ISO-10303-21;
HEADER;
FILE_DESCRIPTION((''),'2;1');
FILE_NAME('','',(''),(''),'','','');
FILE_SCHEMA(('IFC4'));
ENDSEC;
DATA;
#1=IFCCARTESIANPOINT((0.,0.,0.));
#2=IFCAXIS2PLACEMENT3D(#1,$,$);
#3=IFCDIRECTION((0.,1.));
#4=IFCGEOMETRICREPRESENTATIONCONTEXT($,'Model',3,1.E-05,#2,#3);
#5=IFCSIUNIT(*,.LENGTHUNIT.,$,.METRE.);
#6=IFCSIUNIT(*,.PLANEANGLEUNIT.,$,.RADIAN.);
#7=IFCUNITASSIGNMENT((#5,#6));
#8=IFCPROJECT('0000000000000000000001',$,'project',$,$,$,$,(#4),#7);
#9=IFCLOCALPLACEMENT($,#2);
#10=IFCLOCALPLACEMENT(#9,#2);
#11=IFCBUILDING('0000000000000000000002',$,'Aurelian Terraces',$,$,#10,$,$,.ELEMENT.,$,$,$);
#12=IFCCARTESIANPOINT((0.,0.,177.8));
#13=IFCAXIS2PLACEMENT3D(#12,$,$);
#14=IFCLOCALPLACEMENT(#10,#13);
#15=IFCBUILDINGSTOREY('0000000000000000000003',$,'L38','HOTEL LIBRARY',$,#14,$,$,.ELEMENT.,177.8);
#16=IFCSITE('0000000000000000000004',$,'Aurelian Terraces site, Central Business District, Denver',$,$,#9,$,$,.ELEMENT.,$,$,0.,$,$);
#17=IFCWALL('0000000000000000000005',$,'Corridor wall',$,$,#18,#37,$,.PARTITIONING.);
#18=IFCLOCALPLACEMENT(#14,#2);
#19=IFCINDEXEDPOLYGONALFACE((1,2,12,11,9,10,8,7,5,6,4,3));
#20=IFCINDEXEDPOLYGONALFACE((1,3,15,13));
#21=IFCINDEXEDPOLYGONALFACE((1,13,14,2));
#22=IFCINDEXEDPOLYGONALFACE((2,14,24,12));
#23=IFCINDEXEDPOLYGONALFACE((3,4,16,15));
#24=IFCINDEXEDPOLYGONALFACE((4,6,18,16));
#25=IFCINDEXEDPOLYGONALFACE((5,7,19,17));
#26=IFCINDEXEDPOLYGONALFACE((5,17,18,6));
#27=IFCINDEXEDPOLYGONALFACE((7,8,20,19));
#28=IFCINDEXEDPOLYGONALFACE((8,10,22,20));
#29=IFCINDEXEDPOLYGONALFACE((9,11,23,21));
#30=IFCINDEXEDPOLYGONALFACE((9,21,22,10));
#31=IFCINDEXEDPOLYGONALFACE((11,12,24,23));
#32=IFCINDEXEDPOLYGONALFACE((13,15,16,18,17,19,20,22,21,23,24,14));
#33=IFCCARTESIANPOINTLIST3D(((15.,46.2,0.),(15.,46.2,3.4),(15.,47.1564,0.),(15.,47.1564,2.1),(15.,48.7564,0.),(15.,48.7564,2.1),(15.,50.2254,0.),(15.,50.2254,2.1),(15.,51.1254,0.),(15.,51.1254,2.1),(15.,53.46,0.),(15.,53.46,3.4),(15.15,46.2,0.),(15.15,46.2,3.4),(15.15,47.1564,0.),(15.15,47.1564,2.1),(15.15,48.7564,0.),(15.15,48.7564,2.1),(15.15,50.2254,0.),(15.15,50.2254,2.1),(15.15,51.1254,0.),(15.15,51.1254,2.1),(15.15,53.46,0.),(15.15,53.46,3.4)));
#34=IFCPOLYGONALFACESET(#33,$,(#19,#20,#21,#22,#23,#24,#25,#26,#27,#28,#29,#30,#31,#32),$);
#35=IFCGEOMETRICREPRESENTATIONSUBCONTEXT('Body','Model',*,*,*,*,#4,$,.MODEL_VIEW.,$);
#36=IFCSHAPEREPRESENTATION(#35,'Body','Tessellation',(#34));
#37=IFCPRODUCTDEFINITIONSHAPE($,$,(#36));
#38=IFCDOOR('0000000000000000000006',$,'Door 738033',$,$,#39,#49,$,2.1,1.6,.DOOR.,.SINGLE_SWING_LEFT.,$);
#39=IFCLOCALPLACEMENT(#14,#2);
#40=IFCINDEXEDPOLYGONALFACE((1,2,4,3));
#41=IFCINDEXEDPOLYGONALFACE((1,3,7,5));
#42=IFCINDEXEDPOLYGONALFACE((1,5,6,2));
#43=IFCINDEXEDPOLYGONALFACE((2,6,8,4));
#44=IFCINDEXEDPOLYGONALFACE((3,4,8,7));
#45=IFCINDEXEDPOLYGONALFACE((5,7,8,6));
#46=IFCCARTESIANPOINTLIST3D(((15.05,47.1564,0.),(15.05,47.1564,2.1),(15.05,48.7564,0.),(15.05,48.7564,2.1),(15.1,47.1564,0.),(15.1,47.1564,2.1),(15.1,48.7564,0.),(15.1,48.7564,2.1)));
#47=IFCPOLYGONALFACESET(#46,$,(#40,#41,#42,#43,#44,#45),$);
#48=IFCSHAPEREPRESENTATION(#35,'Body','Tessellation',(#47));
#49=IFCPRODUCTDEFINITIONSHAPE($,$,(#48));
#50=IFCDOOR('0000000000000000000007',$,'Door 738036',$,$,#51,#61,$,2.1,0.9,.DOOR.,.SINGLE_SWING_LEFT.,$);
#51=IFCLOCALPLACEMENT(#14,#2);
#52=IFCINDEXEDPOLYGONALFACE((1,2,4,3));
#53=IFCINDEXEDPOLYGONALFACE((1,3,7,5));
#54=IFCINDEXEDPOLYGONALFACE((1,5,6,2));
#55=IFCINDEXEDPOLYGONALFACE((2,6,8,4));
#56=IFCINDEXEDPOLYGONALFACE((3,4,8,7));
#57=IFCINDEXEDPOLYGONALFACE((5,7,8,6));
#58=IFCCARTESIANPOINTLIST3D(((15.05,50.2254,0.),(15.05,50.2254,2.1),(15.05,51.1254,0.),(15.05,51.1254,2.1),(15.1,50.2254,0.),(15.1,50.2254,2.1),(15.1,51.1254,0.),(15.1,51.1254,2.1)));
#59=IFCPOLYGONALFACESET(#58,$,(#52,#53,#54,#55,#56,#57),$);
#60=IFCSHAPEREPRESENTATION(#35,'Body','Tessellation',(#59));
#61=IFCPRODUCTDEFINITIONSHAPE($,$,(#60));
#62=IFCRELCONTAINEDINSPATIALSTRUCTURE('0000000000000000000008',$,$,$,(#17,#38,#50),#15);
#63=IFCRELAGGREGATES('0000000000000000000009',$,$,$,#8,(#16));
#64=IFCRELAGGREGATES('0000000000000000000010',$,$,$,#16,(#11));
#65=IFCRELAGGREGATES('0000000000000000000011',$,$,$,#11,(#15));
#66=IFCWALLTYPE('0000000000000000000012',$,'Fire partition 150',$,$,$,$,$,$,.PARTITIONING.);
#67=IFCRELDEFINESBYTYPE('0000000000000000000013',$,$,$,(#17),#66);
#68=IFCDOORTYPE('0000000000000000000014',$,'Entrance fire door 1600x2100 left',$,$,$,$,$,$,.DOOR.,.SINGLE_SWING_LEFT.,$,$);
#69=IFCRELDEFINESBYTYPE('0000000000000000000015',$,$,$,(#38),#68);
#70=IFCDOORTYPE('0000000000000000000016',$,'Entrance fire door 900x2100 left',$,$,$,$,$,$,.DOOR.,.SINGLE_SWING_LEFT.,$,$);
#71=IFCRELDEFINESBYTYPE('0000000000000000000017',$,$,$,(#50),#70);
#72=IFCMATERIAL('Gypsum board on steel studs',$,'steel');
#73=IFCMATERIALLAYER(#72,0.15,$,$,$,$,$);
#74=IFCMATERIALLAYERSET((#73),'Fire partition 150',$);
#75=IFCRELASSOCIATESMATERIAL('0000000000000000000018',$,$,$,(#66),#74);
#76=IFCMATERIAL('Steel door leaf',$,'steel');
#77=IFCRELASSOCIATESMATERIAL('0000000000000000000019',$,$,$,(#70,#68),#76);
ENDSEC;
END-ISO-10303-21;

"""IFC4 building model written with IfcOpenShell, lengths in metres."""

from ifc_helpers import new_model, si_unit, direction, frame, frame_2d, origin, place, context, subcontext, project, spatial, rectangle, extrude, source, transform, mapped, material, layer, layer_set, type_object, element, fill, save


model = new_model("IFC4")

# Units and contexts
model_context = context("Model", 3, precision=1e-05, world=origin(), true_north=direction((0.0, 1.0)))
body_context = subcontext(model_context, "Body", "Model", "MODEL_VIEW")
ifc_project = project(units=[si_unit("LENGTHUNIT", "METRE"), si_unit("PLANEANGLEUNIT", "RADIAN")], contexts=[model_context])

# Site, building, storey
site_placement = place(None, origin())
site = spatial("IfcSite", under=ifc_project, at=site_placement, Name="Aurelian Terraces site, Central Business District, Denver", CompositionType="ELEMENT", RefElevation=0.0)
building_placement = place(site_placement, origin())
building = spatial("IfcBuilding", under=site, at=building_placement, Name="Aurelian Terraces", CompositionType="ELEMENT")
storey_placement = place(building_placement, frame((0.0, 0.0, 177.8)))
storey = spatial("IfcBuildingStorey", under=building, at=storey_placement, Name="L38", Description="HOTEL LIBRARY", CompositionType="ELEMENT", Elevation=177.8)

# Shared definitions
ifc_material_1 = material(Name="Gypsum board on steel studs", Category="steel")
ifc_layer_1 = layer(ifc_material_1, 0.15)
ifc_layer_set_1 = layer_set([ifc_layer_1], Name="Fire partition 150")
wall_type_1 = type_object("IfcWallType", Name="Fire partition 150", PredefinedType="PARTITIONING", material=ifc_layer_set_1)
shared_shape_1 = source(origin(), body_context, "Body", "SweptSolid", [
    extrude(rectangle(XDim=0.9, YDim=2.1, at=frame_2d((0.45, 1.05))), frame((0.0, 0.085, 0.0), z_axis=(0.0, -1.0, 0.0), x_axis=(1.0, 0.0, 0.0)), (0.0, 0.0, 1.0), 0.17),
])
ifc_material_2 = material(Name="Steel door leaf", Category="steel")
door_type_1 = type_object("IfcDoorType", Name="Entrance fire door 900x2100 left", OperationType="SINGLE_SWING_LEFT", PredefinedType="DOOR", material=ifc_material_2)
shared_shape_2 = source(origin(), body_context, "Body", "SweptSolid", [
    extrude(rectangle(XDim=0.9, YDim=2.1, at=frame_2d((0.45, 1.05))), frame((0.0, 0.025, 0.0), z_axis=(0.0, -1.0, 0.0), x_axis=(1.0, 0.0, 0.0)), (0.0, 0.0, 1.0), 0.05),
])

# Wall, openings, doors
shared_shape_3 = source(origin(), body_context, "Body", "SweptSolid", [
    extrude(rectangle(XDim=7.26, YDim=0.15, at=frame_2d((3.63, 0.0))), origin(), (0.0, 0.0, 1.0), 3.4),
])
wall_1_placement = place(storey_placement, frame((15.075, 46.2, 0.0), z_axis=(0.0, 0.0, 1.0), x_axis=(0.0, 1.0, 0.0)))
wall_1 = element("IfcWall", 1, at=wall_1_placement, inside=storey, type_object=wall_type_1, Name="Corridor wall", PredefinedType="PARTITIONING", context=body_context, shape_type="MappedRepresentation", body=[
    mapped(shared_shape_3, transform((0.0, 0.0, 0.0), scale=1.0)),
])
opening_1_placement = place(wall_1_placement, frame((0.9564, 0.0, 0.0)))
opening_1 = element("IfcOpeningElement", 2, at=opening_1_placement, cuts=wall_1, PredefinedType="OPENING", context=body_context, shape_type="SweptSolid", body=[
    extrude(rectangle(XDim=1.6, YDim=2.1, at=frame_2d((0.8, 1.05))), frame((0.0, 0.085, 0.0), z_axis=(0.0, -1.0, 0.0), x_axis=(1.0, 0.0, 0.0)), (0.0, 0.0, 1.0), 0.17),
])
opening_2_placement = place(wall_1_placement, frame((4.0254, 0.0, 0.0)))
opening_2 = element("IfcOpeningElement", 3, at=opening_2_placement, cuts=wall_1, PredefinedType="OPENING", context=body_context, shape_type="MappedRepresentation", body=[
    mapped(shared_shape_1, transform((0.0, 0.0, 0.0), scale=1.0)),
])
door_type_2 = type_object("IfcDoorType", Name="Entrance fire door 1600x2100 left", OperationType="SINGLE_SWING_LEFT", PredefinedType="DOOR", material=ifc_material_2)
door_1_placement = place(opening_1_placement, origin())
door_1 = element("IfcDoor", 4, at=door_1_placement, inside=storey, type_object=door_type_2, Name="Door 738033", OperationType="SINGLE_SWING_LEFT", OverallHeight=2.1, OverallWidth=1.6, PredefinedType="DOOR", context=body_context, shape_type="SweptSolid", body=[
    extrude(rectangle(XDim=1.6, YDim=2.1, at=frame_2d((0.8, 1.05))), frame((0.0, 0.025, 0.0), z_axis=(0.0, -1.0, 0.0), x_axis=(1.0, 0.0, 0.0)), (0.0, 0.0, 1.0), 0.05),
])
fill(opening_1, door_1)
door_2_placement = place(opening_2_placement, origin())
door_2 = element("IfcDoor", 5, at=door_2_placement, inside=storey, type_object=door_type_1, Name="Door 738036", OperationType="SINGLE_SWING_LEFT", OverallHeight=2.1, OverallWidth=0.9, PredefinedType="DOOR", context=body_context, shape_type="MappedRepresentation", body=[
    mapped(shared_shape_2, transform((0.0, 0.0, 0.0), scale=1.0)),
])
fill(opening_2, door_2)

save(model, "model.ifc")
